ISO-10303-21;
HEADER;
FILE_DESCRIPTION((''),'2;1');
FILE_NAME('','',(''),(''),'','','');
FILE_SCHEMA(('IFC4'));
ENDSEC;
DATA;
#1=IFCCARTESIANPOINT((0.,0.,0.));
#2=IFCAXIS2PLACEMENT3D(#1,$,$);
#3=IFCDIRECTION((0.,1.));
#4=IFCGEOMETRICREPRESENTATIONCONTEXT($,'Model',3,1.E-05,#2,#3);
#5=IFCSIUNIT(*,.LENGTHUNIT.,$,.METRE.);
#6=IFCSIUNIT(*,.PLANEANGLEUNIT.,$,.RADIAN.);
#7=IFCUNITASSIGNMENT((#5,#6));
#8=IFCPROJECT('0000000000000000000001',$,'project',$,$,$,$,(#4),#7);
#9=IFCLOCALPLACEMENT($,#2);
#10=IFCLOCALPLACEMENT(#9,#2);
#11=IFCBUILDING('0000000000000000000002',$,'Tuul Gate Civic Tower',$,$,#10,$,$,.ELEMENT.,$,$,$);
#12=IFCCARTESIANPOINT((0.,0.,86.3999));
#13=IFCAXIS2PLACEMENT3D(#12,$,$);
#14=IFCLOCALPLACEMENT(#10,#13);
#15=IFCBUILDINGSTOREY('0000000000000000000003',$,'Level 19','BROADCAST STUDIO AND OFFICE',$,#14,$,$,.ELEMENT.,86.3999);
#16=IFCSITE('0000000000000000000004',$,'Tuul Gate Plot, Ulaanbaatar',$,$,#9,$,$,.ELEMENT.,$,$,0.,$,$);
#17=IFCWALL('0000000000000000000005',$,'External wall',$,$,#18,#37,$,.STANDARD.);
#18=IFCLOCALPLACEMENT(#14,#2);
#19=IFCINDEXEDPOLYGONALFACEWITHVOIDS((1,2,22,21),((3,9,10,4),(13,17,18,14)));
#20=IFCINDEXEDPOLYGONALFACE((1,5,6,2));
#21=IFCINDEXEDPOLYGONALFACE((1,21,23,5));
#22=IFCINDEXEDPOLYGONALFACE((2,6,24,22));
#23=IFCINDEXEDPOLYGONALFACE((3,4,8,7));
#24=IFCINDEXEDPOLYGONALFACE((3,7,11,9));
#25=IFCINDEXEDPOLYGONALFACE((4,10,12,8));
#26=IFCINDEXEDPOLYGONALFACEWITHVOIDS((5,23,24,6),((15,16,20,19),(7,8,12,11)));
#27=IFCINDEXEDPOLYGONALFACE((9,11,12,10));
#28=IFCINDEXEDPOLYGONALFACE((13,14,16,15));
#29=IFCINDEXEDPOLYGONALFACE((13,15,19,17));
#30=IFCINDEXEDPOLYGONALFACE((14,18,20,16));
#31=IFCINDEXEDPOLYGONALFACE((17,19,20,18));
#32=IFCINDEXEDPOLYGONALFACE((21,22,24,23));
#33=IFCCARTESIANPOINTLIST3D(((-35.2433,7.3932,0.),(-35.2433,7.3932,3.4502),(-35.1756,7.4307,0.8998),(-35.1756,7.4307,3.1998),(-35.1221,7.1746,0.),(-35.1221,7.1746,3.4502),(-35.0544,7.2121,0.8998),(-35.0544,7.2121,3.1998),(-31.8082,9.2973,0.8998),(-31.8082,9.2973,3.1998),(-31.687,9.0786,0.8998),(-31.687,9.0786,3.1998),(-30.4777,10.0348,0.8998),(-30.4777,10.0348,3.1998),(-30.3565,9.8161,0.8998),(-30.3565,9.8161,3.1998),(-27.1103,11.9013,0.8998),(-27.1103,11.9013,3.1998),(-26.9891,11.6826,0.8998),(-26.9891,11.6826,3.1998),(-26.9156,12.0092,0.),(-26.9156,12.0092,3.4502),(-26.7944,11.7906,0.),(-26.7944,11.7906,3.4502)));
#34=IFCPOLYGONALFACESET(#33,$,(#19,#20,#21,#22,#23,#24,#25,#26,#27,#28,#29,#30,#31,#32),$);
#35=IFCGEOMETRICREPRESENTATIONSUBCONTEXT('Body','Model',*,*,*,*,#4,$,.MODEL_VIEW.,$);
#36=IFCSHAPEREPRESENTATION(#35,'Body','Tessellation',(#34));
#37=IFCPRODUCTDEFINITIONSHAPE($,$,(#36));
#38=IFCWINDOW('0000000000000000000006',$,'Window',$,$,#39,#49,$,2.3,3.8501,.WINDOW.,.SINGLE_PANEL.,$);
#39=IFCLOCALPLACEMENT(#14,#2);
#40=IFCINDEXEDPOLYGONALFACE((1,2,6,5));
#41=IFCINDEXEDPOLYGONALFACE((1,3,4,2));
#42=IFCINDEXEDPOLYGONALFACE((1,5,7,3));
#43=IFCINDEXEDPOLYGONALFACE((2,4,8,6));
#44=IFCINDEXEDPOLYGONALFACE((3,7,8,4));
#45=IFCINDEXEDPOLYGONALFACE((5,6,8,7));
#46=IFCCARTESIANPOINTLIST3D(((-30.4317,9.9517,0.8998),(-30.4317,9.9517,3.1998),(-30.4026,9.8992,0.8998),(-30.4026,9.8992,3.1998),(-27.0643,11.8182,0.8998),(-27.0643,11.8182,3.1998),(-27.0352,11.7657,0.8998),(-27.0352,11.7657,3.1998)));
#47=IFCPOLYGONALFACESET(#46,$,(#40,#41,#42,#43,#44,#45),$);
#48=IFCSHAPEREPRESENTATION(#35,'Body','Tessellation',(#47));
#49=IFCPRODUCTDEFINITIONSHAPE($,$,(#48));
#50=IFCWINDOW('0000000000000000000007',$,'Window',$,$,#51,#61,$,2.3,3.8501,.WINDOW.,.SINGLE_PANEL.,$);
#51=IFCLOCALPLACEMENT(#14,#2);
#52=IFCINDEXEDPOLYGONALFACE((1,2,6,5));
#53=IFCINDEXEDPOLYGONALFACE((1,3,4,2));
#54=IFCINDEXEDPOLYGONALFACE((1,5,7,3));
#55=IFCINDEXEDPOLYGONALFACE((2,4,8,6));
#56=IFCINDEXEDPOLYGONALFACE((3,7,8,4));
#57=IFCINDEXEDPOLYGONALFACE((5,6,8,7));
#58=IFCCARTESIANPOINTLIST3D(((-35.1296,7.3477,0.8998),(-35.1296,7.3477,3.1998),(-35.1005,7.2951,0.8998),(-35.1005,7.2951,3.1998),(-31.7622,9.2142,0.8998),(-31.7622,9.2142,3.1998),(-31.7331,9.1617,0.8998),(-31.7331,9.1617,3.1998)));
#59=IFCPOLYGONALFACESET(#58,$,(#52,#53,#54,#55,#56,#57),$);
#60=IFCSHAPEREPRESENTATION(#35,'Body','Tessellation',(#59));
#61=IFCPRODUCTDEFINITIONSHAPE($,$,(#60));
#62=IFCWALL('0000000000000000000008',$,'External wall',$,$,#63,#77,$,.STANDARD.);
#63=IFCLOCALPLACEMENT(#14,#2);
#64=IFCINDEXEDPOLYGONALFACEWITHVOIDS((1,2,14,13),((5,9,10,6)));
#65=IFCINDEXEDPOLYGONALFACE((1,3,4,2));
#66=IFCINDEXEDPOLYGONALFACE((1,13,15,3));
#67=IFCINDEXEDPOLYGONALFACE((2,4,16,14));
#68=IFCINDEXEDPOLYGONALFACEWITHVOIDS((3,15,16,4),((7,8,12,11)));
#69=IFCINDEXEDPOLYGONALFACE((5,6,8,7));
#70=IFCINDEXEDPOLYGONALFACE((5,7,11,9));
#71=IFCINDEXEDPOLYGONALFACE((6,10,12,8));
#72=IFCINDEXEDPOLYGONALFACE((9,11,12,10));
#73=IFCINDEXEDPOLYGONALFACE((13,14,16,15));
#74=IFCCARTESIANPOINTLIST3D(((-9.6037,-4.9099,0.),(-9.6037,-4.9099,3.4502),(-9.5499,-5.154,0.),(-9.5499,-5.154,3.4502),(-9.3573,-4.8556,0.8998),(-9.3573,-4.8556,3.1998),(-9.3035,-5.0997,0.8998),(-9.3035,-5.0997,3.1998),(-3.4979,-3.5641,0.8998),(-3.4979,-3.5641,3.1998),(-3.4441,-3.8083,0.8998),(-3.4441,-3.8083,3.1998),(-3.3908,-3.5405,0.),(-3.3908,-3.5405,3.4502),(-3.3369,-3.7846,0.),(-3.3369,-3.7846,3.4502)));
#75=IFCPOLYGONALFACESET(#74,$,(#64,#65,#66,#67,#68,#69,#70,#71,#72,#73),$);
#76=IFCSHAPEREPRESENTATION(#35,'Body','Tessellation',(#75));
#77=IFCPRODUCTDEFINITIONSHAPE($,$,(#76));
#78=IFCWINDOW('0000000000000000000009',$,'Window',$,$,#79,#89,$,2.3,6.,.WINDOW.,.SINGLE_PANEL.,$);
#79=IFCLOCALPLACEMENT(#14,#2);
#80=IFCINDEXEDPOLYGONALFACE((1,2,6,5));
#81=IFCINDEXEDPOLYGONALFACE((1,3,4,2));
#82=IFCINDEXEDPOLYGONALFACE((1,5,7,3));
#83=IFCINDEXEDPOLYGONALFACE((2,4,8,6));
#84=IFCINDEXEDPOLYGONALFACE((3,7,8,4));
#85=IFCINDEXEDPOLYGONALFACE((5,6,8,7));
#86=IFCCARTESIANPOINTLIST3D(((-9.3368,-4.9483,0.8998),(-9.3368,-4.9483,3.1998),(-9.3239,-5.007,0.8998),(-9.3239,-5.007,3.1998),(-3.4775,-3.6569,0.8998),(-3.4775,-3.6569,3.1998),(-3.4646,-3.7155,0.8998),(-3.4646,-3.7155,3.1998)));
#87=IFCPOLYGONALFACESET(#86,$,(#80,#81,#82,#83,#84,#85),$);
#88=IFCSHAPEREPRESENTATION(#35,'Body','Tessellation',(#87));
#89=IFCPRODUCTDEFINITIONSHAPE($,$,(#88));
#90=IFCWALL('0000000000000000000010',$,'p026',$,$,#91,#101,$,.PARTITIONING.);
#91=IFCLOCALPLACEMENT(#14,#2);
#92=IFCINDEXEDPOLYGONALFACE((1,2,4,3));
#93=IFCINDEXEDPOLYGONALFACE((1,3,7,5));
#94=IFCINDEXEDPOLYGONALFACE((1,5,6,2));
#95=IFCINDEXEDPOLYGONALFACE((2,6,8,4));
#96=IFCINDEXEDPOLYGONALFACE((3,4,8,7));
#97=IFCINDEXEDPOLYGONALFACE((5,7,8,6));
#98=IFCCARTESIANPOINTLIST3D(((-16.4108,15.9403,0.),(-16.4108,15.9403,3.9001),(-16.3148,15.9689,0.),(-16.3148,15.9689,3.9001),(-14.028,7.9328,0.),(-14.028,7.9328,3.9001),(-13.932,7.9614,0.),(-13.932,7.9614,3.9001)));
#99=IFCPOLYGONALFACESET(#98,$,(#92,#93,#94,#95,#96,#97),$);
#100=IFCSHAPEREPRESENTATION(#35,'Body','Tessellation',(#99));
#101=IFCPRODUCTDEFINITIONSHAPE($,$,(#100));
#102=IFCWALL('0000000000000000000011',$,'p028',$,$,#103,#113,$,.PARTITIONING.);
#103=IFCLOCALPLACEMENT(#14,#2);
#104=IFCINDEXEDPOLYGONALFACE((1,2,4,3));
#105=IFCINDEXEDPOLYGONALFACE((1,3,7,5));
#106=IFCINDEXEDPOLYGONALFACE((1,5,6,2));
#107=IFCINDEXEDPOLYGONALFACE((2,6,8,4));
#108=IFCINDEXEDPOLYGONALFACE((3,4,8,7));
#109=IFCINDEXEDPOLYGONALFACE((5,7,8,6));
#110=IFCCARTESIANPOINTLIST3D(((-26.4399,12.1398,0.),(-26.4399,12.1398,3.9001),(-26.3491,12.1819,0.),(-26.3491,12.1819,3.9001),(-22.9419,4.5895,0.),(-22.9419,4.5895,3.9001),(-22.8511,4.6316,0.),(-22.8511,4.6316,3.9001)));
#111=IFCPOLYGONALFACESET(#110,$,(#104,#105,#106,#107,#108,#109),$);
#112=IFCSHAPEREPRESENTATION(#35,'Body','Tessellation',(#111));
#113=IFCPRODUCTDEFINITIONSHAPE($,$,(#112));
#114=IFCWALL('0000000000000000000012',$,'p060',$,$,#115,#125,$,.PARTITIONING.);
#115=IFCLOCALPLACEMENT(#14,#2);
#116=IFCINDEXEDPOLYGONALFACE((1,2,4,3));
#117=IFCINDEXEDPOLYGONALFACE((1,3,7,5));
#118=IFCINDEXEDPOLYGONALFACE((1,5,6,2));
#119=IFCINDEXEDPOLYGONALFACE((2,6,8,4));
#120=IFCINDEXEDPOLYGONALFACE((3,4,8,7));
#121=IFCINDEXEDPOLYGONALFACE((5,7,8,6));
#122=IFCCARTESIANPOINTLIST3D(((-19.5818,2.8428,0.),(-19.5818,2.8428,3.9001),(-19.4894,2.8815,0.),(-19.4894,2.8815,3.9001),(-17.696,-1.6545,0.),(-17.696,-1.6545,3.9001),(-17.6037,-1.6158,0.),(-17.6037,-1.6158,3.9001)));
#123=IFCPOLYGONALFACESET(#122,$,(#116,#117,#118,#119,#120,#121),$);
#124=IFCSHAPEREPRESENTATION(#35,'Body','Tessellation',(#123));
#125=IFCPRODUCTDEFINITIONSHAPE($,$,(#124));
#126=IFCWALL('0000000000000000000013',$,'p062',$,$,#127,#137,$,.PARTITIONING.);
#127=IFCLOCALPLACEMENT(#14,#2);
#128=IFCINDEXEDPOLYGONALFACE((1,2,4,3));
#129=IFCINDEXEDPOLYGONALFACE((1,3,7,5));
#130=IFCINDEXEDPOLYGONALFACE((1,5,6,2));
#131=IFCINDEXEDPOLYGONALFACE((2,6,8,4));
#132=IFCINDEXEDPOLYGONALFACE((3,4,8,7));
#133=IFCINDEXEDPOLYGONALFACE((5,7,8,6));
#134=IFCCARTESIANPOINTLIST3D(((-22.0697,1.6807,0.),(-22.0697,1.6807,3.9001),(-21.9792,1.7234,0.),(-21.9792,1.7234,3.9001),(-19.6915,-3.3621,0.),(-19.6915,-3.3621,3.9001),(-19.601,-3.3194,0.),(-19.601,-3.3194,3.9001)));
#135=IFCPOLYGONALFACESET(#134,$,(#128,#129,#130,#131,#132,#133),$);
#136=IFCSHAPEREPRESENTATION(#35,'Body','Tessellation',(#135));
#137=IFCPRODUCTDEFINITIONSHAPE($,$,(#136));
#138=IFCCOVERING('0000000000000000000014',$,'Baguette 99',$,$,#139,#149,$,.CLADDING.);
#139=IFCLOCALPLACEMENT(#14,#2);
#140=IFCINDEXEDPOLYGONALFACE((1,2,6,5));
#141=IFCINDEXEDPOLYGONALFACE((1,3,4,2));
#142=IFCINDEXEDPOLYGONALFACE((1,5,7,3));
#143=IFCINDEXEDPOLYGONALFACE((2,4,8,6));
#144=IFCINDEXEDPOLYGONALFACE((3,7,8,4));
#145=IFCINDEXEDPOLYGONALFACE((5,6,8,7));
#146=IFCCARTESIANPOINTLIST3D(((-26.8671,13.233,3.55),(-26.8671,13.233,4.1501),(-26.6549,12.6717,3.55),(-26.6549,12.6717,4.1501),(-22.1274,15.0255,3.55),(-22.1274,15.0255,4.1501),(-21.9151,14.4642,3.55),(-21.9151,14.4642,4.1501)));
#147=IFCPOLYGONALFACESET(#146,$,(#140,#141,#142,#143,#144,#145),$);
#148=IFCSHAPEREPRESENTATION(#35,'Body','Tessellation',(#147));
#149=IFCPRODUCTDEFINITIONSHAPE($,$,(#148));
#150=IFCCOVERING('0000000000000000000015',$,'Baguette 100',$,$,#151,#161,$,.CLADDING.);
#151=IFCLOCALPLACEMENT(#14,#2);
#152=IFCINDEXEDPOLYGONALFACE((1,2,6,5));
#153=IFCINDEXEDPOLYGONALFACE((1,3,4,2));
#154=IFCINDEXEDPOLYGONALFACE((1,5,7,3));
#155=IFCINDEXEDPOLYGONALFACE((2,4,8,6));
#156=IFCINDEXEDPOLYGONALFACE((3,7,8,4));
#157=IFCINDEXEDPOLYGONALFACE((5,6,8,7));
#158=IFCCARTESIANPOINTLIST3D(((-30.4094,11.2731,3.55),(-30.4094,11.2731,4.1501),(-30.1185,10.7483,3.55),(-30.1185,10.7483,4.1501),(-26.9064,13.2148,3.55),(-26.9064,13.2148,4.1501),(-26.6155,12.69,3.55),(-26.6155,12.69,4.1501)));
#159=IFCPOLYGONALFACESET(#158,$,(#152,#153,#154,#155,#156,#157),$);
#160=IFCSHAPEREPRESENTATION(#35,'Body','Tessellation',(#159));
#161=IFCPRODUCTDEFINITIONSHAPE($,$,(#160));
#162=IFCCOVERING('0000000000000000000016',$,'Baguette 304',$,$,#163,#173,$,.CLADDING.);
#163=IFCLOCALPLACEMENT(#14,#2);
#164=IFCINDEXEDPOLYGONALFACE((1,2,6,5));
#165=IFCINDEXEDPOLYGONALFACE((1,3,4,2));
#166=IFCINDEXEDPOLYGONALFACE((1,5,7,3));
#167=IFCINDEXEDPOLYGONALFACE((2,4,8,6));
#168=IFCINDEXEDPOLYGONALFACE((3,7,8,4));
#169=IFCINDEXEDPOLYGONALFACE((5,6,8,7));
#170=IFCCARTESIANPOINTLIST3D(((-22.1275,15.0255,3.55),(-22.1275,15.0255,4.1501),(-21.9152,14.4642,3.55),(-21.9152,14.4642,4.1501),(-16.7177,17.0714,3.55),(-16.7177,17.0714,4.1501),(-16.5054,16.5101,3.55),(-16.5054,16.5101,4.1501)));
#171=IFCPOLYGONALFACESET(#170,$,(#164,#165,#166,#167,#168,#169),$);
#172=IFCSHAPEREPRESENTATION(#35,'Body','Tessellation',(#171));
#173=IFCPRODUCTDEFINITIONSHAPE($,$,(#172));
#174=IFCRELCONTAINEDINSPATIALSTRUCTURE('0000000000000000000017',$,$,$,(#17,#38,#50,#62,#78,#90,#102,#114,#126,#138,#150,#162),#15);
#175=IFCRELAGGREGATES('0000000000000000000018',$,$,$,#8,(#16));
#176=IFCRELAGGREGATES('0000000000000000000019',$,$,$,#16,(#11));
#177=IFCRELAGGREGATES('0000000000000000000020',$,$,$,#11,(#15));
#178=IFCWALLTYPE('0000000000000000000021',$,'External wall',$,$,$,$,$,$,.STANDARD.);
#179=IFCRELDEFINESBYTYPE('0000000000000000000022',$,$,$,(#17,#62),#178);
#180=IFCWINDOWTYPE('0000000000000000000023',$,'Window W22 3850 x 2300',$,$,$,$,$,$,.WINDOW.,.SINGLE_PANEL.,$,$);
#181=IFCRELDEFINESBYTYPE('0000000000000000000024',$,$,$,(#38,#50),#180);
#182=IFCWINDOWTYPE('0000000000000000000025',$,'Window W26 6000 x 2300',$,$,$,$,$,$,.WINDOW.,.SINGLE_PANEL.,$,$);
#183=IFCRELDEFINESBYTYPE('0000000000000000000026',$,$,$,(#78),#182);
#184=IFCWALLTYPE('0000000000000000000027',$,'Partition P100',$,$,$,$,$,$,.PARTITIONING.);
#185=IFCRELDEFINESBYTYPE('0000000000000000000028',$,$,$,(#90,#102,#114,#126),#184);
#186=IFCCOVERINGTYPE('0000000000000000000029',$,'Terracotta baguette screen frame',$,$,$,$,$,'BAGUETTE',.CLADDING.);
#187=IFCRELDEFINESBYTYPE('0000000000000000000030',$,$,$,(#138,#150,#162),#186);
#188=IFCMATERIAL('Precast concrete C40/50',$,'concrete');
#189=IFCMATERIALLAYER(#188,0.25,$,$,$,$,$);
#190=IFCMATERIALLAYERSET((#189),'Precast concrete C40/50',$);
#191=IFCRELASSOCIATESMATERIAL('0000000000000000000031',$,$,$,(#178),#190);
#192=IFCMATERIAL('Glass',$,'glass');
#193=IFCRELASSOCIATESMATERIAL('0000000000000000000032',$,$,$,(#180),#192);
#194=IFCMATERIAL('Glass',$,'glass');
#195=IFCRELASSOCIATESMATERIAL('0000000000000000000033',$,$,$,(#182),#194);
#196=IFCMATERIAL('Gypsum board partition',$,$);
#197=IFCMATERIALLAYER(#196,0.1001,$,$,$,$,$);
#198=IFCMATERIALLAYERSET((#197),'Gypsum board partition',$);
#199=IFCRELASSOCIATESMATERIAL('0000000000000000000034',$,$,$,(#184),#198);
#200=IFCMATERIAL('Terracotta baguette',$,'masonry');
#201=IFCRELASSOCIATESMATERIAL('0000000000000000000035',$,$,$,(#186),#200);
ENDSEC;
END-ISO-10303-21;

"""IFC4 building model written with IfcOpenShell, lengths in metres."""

from ifc_helpers import new_model, si_unit, direction, frame, frame_2d, origin, origin_2d, place, context, subcontext, project, spatial, rectangle, extrude, material, layer, layer_set, material_profile, profile_set, type_object, element, fill, save


model = new_model("IFC4")

# Units and contexts
model_context = context("Model", 3, precision=1e-05, world=origin(), true_north=direction((0.0, 1.0)))
body_context = subcontext(model_context, "Body", "Model", "MODEL_VIEW")
ifc_project = project(units=[si_unit("LENGTHUNIT", "METRE"), si_unit("PLANEANGLEUNIT", "RADIAN")], contexts=[model_context])

# Site, building, storey
site_placement = place(None, origin())
site = spatial("IfcSite", under=ifc_project, at=site_placement, Name="Tuul Gate Plot, Ulaanbaatar", CompositionType="ELEMENT", RefElevation=0.0)
building_placement = place(site_placement, origin())
building = spatial("IfcBuilding", under=site, at=building_placement, Name="Tuul Gate Civic Tower", CompositionType="ELEMENT")
storey_placement = place(building_placement, frame((0.0, 0.0, 86.3999)))
storey = spatial("IfcBuildingStorey", under=building, at=storey_placement, Name="Level 19", Description="BROADCAST STUDIO AND OFFICE", CompositionType="ELEMENT", Elevation=86.3999)

# Wall, openings, windows
ifc_material_1 = material(Name="Precast concrete C40/50", Category="concrete")
ifc_layer_1 = layer(ifc_material_1, 0.25)
ifc_layer_set_1 = layer_set([ifc_layer_1], Name="Precast concrete C40/50")
wall_type_1 = type_object("IfcWallType", Name="External wall", PredefinedType="STANDARD", material=ifc_layer_set_1)
ifc_material_2 = material(Name="Glass", Category="glass")
window_type_1 = type_object("IfcWindowType", Name="Window W22 3850 x 2300", PartitioningType="SINGLE_PANEL", PredefinedType="WINDOW", material=ifc_material_2)
wall_1_placement = place(storey_placement, frame((-26.855, 11.8999, 0.0), z_axis=(0.0, 0.0, 1.0), x_axis=(-0.874625, -0.4848, 0.0)))
wall_1 = element("IfcWall", 1, at=wall_1_placement, inside=storey, type_object=wall_type_1, Name="External wall", PredefinedType="STANDARD", context=body_context, shape_type="SweptSolid", body=[
    extrude(rectangle(XDim=9.5215, YDim=0.25, at=frame_2d((4.7607, 0.0))), origin(), (0.0, 0.0, 1.0), 3.4502),
])
opening_1_placement = place(wall_1_placement, frame((0.2227, 0.0, 0.8999)))
opening_1 = element("IfcOpeningElement", 2, at=opening_1_placement, cuts=wall_1, PredefinedType="OPENING", context=body_context, shape_type="SweptSolid", body=[
    extrude(rectangle(XDim=3.8501, YDim=2.3, at=frame_2d((1.925, 1.1499))), frame((0.0, 0.135, 0.0), z_axis=(0.0, -1.0, 0.0), x_axis=(1.0, 0.0, 0.0)), (0.0, 0.0, 1.0), 0.27),
])
opening_2_placement = place(wall_1_placement, frame((5.594, 0.0, 0.8999)))
opening_2 = element("IfcOpeningElement", 3, at=opening_2_placement, cuts=wall_1, PredefinedType="OPENING", context=body_context, shape_type="SweptSolid", body=[
    extrude(rectangle(XDim=3.8501, YDim=2.3, at=frame_2d((1.925, 1.1499))), frame((0.0, 0.135, 0.0), z_axis=(0.0, -1.0, 0.0), x_axis=(1.0, 0.0, 0.0)), (0.0, 0.0, 1.0), 0.27),
])
window_1_placement = place(opening_1_placement, origin())
window_1 = element("IfcWindow", 4, at=window_1_placement, inside=storey, type_object=window_type_1, Name="Window", OverallHeight=2.3, OverallWidth=3.8501, PartitioningType="SINGLE_PANEL", PredefinedType="WINDOW", context=body_context, shape_type="SweptSolid", body=[
    extrude(rectangle(XDim=3.8501, YDim=2.3, at=frame_2d((1.925, 1.1499))), frame((0.0, 0.03, 0.0), z_axis=(0.0, -1.0, 0.0), x_axis=(1.0, 0.0, 0.0)), (0.0, 0.0, 1.0), 0.0601),
])
fill(opening_1, window_1)
window_2_placement = place(opening_2_placement, origin())
window_2 = element("IfcWindow", 5, at=window_2_placement, inside=storey, type_object=window_type_1, Name="Window", OverallHeight=2.3, OverallWidth=3.8501, PartitioningType="SINGLE_PANEL", PredefinedType="WINDOW", context=body_context, shape_type="SweptSolid", body=[
    extrude(rectangle(XDim=3.8501, YDim=2.3, at=frame_2d((1.925, 1.1499))), frame((0.0, 0.03, 0.0), z_axis=(0.0, -1.0, 0.0), x_axis=(1.0, 0.0, 0.0)), (0.0, 0.0, 1.0), 0.0601),
])
fill(opening_2, window_2)

# Wall, opening, window
wall_2_placement = place(storey_placement, frame((-9.5769, -5.032, 0.0), z_axis=(0.0, 0.0, 1.0), x_axis=(0.97656, 0.215244, 0.0)))
wall_2 = element("IfcWall", 6, at=wall_2_placement, inside=storey, type_object=wall_type_1, Name="External wall", PredefinedType="STANDARD", context=body_context, shape_type="SweptSolid", body=[
    extrude(rectangle(XDim=6.3621, YDim=0.25, at=frame_2d((3.1812, 0.0))), origin(), (0.0, 0.0, 1.0), 3.4502),
])
opening_3_placement = place(wall_2_placement, frame((0.2524, 0.0, 0.8999)))
opening_3 = element("IfcOpeningElement", 7, at=opening_3_placement, cuts=wall_2, PredefinedType="OPENING", context=body_context, shape_type="SweptSolid", body=[
    extrude(rectangle(XDim=6.0, YDim=2.3, at=frame_2d((3.0, 1.1499))), frame((0.0, 0.135, 0.0), z_axis=(0.0, -1.0, 0.0), x_axis=(1.0, 0.0, 0.0)), (0.0, 0.0, 1.0), 0.27),
])
ifc_material_3 = material(Name="Glass", Category="glass")
window_type_2 = type_object("IfcWindowType", Name="Window W26 6000 x 2300", PartitioningType="SINGLE_PANEL", PredefinedType="WINDOW", material=ifc_material_3)
window_3_placement = place(opening_3_placement, origin())
window_3 = element("IfcWindow", 8, at=window_3_placement, inside=storey, type_object=window_type_2, Name="Window", OverallHeight=2.3, OverallWidth=6.0, PartitioningType="SINGLE_PANEL", PredefinedType="WINDOW", context=body_context, shape_type="SweptSolid", body=[
    extrude(rectangle(XDim=6.0, YDim=2.3, at=frame_2d((3.0, 1.1499))), frame((0.0, 0.03, 0.0), z_axis=(0.0, -1.0, 0.0), x_axis=(1.0, 0.0, 0.0)), (0.0, 0.0, 1.0), 0.0601),
])
fill(opening_3, window_3)

# Walls
ifc_material_4 = material(Name="Gypsum board partition")
ifc_layer_2 = layer(ifc_material_4, 0.1001)
ifc_layer_set_2 = layer_set([ifc_layer_2], Name="Gypsum board partition")
wall_type_2 = type_object("IfcWallType", Name="Partition P100", PredefinedType="PARTITIONING", material=ifc_layer_set_2)
wall_3_placement = place(storey_placement, frame((-16.3628, 15.9546, 0.0), z_axis=(0.0, 0.0, 1.0), x_axis=(0.28521, -0.958465, 0.0)))
element("IfcWall", 9, at=wall_3_placement, inside=storey, type_object=wall_type_2, Name="p026", PredefinedType="PARTITIONING", context=body_context, shape_type="SweptSolid", body=[
    extrude(rectangle(XDim=8.3545, YDim=0.1001, at=frame_2d((4.1772, 0.0))), origin(), (0.0, 0.0, 1.0), 3.9001),
])
wall_4_placement = place(storey_placement, frame((-26.3945, 12.1609, 0.0), z_axis=(0.0, 0.0, 1.0), x_axis=(0.420375, -0.90735, 0.0)))
element("IfcWall", 10, at=wall_4_placement, inside=storey, type_object=wall_type_2, Name="p028", PredefinedType="PARTITIONING", context=body_context, shape_type="SweptSolid", body=[
    extrude(rectangle(XDim=8.3213, YDim=0.1001, at=frame_2d((4.1606, 0.0))), origin(), (0.0, 0.0, 1.0), 3.9001),
])
wall_5_placement = place(storey_placement, frame((-19.5356, 2.8623, 0.0), z_axis=(0.0, 0.0, 1.0), x_axis=(0.386687, -0.922211, 0.0)))
element("IfcWall", 11, at=wall_5_placement, inside=storey, type_object=wall_type_2, Name="p060", PredefinedType="PARTITIONING", context=body_context, shape_type="SweptSolid", body=[
    extrude(rectangle(XDim=4.8767, YDim=0.1001, at=frame_2d((2.4385, 0.0))), origin(), (0.0, 0.0, 1.0), 3.9001),
])
wall_6_placement = place(storey_placement, frame((-22.0244, 1.7019, 0.0), z_axis=(0.0, 0.0, 1.0), x_axis=(0.42655, -0.904464, 0.0)))
element("IfcWall", 12, at=wall_6_placement, inside=storey, type_object=wall_type_2, Name="p062", PredefinedType="PARTITIONING", context=body_context, shape_type="SweptSolid", body=[
    extrude(rectangle(XDim=5.5754, YDim=0.1001, at=frame_2d((2.7876, 0.0))), origin(), (0.0, 0.0, 1.0), 3.9001),
])

# Coverings
ifc_material_5 = material(Name="Terracotta baguette", Category="masonry")
ifc_material_profile_1 = material_profile(ifc_material_5, rectangle(XDim=0.6001, YDim=0.6001, at=origin_2d()), Name="Terracotta baguette screen frame")
ifc_profile_set_1 = profile_set([ifc_material_profile_1], Name="Terracotta baguette")
covering_type = type_object("IfcCoveringType", Name="Terracotta baguette screen frame", ElementType="BAGUETTE", PredefinedType="CLADDING", material=ifc_profile_set_1)
covering_1_placement = place(storey_placement, frame((-22.0212, 14.7449, 3.8501), z_axis=(-0.935347, -0.35373, 0.0), x_axis=(0.35373, -0.935347, 0.0)))
element("IfcCovering", 13, at=covering_1_placement, inside=storey, type_object=covering_type, Name="Baguette 99", PredefinedType="CLADDING", context=body_context, shape_type="SweptSolid", body=[
    extrude(rectangle(XDim=0.6001, YDim=0.6001, at=origin_2d()), origin(), (0.0, 0.0, 1.0), 5.0674),
])
covering_2_placement = place(storey_placement, frame((-26.761, 12.9524, 3.8501), z_axis=(-0.874626, -0.484799, 0.0), x_axis=(0.484799, -0.874626, 0.0)))
element("IfcCovering", 14, at=covering_2_placement, inside=storey, type_object=covering_type, Name="Baguette 100", PredefinedType="CLADDING", context=body_context, shape_type="SweptSolid", body=[
    extrude(rectangle(XDim=0.6001, YDim=0.6001, at=origin_2d()), origin(), (0.0, 0.0, 1.0), 4.0051),
])
covering_3_placement = place(storey_placement, frame((-16.6116, 16.7908, 3.8501), z_axis=(-0.935344, -0.35374, 0.0), x_axis=(0.35374, -0.935344, 0.0)))
element("IfcCovering", 15, at=covering_3_placement, inside=storey, type_object=covering_type, Name="Baguette 304", PredefinedType="CLADDING", context=body_context, shape_type="SweptSolid", body=[
    extrude(rectangle(XDim=0.6001, YDim=0.6001, at=origin_2d()), origin(), (0.0, 0.0, 1.0), 5.7837),
])

save(model, "model.ifc")
